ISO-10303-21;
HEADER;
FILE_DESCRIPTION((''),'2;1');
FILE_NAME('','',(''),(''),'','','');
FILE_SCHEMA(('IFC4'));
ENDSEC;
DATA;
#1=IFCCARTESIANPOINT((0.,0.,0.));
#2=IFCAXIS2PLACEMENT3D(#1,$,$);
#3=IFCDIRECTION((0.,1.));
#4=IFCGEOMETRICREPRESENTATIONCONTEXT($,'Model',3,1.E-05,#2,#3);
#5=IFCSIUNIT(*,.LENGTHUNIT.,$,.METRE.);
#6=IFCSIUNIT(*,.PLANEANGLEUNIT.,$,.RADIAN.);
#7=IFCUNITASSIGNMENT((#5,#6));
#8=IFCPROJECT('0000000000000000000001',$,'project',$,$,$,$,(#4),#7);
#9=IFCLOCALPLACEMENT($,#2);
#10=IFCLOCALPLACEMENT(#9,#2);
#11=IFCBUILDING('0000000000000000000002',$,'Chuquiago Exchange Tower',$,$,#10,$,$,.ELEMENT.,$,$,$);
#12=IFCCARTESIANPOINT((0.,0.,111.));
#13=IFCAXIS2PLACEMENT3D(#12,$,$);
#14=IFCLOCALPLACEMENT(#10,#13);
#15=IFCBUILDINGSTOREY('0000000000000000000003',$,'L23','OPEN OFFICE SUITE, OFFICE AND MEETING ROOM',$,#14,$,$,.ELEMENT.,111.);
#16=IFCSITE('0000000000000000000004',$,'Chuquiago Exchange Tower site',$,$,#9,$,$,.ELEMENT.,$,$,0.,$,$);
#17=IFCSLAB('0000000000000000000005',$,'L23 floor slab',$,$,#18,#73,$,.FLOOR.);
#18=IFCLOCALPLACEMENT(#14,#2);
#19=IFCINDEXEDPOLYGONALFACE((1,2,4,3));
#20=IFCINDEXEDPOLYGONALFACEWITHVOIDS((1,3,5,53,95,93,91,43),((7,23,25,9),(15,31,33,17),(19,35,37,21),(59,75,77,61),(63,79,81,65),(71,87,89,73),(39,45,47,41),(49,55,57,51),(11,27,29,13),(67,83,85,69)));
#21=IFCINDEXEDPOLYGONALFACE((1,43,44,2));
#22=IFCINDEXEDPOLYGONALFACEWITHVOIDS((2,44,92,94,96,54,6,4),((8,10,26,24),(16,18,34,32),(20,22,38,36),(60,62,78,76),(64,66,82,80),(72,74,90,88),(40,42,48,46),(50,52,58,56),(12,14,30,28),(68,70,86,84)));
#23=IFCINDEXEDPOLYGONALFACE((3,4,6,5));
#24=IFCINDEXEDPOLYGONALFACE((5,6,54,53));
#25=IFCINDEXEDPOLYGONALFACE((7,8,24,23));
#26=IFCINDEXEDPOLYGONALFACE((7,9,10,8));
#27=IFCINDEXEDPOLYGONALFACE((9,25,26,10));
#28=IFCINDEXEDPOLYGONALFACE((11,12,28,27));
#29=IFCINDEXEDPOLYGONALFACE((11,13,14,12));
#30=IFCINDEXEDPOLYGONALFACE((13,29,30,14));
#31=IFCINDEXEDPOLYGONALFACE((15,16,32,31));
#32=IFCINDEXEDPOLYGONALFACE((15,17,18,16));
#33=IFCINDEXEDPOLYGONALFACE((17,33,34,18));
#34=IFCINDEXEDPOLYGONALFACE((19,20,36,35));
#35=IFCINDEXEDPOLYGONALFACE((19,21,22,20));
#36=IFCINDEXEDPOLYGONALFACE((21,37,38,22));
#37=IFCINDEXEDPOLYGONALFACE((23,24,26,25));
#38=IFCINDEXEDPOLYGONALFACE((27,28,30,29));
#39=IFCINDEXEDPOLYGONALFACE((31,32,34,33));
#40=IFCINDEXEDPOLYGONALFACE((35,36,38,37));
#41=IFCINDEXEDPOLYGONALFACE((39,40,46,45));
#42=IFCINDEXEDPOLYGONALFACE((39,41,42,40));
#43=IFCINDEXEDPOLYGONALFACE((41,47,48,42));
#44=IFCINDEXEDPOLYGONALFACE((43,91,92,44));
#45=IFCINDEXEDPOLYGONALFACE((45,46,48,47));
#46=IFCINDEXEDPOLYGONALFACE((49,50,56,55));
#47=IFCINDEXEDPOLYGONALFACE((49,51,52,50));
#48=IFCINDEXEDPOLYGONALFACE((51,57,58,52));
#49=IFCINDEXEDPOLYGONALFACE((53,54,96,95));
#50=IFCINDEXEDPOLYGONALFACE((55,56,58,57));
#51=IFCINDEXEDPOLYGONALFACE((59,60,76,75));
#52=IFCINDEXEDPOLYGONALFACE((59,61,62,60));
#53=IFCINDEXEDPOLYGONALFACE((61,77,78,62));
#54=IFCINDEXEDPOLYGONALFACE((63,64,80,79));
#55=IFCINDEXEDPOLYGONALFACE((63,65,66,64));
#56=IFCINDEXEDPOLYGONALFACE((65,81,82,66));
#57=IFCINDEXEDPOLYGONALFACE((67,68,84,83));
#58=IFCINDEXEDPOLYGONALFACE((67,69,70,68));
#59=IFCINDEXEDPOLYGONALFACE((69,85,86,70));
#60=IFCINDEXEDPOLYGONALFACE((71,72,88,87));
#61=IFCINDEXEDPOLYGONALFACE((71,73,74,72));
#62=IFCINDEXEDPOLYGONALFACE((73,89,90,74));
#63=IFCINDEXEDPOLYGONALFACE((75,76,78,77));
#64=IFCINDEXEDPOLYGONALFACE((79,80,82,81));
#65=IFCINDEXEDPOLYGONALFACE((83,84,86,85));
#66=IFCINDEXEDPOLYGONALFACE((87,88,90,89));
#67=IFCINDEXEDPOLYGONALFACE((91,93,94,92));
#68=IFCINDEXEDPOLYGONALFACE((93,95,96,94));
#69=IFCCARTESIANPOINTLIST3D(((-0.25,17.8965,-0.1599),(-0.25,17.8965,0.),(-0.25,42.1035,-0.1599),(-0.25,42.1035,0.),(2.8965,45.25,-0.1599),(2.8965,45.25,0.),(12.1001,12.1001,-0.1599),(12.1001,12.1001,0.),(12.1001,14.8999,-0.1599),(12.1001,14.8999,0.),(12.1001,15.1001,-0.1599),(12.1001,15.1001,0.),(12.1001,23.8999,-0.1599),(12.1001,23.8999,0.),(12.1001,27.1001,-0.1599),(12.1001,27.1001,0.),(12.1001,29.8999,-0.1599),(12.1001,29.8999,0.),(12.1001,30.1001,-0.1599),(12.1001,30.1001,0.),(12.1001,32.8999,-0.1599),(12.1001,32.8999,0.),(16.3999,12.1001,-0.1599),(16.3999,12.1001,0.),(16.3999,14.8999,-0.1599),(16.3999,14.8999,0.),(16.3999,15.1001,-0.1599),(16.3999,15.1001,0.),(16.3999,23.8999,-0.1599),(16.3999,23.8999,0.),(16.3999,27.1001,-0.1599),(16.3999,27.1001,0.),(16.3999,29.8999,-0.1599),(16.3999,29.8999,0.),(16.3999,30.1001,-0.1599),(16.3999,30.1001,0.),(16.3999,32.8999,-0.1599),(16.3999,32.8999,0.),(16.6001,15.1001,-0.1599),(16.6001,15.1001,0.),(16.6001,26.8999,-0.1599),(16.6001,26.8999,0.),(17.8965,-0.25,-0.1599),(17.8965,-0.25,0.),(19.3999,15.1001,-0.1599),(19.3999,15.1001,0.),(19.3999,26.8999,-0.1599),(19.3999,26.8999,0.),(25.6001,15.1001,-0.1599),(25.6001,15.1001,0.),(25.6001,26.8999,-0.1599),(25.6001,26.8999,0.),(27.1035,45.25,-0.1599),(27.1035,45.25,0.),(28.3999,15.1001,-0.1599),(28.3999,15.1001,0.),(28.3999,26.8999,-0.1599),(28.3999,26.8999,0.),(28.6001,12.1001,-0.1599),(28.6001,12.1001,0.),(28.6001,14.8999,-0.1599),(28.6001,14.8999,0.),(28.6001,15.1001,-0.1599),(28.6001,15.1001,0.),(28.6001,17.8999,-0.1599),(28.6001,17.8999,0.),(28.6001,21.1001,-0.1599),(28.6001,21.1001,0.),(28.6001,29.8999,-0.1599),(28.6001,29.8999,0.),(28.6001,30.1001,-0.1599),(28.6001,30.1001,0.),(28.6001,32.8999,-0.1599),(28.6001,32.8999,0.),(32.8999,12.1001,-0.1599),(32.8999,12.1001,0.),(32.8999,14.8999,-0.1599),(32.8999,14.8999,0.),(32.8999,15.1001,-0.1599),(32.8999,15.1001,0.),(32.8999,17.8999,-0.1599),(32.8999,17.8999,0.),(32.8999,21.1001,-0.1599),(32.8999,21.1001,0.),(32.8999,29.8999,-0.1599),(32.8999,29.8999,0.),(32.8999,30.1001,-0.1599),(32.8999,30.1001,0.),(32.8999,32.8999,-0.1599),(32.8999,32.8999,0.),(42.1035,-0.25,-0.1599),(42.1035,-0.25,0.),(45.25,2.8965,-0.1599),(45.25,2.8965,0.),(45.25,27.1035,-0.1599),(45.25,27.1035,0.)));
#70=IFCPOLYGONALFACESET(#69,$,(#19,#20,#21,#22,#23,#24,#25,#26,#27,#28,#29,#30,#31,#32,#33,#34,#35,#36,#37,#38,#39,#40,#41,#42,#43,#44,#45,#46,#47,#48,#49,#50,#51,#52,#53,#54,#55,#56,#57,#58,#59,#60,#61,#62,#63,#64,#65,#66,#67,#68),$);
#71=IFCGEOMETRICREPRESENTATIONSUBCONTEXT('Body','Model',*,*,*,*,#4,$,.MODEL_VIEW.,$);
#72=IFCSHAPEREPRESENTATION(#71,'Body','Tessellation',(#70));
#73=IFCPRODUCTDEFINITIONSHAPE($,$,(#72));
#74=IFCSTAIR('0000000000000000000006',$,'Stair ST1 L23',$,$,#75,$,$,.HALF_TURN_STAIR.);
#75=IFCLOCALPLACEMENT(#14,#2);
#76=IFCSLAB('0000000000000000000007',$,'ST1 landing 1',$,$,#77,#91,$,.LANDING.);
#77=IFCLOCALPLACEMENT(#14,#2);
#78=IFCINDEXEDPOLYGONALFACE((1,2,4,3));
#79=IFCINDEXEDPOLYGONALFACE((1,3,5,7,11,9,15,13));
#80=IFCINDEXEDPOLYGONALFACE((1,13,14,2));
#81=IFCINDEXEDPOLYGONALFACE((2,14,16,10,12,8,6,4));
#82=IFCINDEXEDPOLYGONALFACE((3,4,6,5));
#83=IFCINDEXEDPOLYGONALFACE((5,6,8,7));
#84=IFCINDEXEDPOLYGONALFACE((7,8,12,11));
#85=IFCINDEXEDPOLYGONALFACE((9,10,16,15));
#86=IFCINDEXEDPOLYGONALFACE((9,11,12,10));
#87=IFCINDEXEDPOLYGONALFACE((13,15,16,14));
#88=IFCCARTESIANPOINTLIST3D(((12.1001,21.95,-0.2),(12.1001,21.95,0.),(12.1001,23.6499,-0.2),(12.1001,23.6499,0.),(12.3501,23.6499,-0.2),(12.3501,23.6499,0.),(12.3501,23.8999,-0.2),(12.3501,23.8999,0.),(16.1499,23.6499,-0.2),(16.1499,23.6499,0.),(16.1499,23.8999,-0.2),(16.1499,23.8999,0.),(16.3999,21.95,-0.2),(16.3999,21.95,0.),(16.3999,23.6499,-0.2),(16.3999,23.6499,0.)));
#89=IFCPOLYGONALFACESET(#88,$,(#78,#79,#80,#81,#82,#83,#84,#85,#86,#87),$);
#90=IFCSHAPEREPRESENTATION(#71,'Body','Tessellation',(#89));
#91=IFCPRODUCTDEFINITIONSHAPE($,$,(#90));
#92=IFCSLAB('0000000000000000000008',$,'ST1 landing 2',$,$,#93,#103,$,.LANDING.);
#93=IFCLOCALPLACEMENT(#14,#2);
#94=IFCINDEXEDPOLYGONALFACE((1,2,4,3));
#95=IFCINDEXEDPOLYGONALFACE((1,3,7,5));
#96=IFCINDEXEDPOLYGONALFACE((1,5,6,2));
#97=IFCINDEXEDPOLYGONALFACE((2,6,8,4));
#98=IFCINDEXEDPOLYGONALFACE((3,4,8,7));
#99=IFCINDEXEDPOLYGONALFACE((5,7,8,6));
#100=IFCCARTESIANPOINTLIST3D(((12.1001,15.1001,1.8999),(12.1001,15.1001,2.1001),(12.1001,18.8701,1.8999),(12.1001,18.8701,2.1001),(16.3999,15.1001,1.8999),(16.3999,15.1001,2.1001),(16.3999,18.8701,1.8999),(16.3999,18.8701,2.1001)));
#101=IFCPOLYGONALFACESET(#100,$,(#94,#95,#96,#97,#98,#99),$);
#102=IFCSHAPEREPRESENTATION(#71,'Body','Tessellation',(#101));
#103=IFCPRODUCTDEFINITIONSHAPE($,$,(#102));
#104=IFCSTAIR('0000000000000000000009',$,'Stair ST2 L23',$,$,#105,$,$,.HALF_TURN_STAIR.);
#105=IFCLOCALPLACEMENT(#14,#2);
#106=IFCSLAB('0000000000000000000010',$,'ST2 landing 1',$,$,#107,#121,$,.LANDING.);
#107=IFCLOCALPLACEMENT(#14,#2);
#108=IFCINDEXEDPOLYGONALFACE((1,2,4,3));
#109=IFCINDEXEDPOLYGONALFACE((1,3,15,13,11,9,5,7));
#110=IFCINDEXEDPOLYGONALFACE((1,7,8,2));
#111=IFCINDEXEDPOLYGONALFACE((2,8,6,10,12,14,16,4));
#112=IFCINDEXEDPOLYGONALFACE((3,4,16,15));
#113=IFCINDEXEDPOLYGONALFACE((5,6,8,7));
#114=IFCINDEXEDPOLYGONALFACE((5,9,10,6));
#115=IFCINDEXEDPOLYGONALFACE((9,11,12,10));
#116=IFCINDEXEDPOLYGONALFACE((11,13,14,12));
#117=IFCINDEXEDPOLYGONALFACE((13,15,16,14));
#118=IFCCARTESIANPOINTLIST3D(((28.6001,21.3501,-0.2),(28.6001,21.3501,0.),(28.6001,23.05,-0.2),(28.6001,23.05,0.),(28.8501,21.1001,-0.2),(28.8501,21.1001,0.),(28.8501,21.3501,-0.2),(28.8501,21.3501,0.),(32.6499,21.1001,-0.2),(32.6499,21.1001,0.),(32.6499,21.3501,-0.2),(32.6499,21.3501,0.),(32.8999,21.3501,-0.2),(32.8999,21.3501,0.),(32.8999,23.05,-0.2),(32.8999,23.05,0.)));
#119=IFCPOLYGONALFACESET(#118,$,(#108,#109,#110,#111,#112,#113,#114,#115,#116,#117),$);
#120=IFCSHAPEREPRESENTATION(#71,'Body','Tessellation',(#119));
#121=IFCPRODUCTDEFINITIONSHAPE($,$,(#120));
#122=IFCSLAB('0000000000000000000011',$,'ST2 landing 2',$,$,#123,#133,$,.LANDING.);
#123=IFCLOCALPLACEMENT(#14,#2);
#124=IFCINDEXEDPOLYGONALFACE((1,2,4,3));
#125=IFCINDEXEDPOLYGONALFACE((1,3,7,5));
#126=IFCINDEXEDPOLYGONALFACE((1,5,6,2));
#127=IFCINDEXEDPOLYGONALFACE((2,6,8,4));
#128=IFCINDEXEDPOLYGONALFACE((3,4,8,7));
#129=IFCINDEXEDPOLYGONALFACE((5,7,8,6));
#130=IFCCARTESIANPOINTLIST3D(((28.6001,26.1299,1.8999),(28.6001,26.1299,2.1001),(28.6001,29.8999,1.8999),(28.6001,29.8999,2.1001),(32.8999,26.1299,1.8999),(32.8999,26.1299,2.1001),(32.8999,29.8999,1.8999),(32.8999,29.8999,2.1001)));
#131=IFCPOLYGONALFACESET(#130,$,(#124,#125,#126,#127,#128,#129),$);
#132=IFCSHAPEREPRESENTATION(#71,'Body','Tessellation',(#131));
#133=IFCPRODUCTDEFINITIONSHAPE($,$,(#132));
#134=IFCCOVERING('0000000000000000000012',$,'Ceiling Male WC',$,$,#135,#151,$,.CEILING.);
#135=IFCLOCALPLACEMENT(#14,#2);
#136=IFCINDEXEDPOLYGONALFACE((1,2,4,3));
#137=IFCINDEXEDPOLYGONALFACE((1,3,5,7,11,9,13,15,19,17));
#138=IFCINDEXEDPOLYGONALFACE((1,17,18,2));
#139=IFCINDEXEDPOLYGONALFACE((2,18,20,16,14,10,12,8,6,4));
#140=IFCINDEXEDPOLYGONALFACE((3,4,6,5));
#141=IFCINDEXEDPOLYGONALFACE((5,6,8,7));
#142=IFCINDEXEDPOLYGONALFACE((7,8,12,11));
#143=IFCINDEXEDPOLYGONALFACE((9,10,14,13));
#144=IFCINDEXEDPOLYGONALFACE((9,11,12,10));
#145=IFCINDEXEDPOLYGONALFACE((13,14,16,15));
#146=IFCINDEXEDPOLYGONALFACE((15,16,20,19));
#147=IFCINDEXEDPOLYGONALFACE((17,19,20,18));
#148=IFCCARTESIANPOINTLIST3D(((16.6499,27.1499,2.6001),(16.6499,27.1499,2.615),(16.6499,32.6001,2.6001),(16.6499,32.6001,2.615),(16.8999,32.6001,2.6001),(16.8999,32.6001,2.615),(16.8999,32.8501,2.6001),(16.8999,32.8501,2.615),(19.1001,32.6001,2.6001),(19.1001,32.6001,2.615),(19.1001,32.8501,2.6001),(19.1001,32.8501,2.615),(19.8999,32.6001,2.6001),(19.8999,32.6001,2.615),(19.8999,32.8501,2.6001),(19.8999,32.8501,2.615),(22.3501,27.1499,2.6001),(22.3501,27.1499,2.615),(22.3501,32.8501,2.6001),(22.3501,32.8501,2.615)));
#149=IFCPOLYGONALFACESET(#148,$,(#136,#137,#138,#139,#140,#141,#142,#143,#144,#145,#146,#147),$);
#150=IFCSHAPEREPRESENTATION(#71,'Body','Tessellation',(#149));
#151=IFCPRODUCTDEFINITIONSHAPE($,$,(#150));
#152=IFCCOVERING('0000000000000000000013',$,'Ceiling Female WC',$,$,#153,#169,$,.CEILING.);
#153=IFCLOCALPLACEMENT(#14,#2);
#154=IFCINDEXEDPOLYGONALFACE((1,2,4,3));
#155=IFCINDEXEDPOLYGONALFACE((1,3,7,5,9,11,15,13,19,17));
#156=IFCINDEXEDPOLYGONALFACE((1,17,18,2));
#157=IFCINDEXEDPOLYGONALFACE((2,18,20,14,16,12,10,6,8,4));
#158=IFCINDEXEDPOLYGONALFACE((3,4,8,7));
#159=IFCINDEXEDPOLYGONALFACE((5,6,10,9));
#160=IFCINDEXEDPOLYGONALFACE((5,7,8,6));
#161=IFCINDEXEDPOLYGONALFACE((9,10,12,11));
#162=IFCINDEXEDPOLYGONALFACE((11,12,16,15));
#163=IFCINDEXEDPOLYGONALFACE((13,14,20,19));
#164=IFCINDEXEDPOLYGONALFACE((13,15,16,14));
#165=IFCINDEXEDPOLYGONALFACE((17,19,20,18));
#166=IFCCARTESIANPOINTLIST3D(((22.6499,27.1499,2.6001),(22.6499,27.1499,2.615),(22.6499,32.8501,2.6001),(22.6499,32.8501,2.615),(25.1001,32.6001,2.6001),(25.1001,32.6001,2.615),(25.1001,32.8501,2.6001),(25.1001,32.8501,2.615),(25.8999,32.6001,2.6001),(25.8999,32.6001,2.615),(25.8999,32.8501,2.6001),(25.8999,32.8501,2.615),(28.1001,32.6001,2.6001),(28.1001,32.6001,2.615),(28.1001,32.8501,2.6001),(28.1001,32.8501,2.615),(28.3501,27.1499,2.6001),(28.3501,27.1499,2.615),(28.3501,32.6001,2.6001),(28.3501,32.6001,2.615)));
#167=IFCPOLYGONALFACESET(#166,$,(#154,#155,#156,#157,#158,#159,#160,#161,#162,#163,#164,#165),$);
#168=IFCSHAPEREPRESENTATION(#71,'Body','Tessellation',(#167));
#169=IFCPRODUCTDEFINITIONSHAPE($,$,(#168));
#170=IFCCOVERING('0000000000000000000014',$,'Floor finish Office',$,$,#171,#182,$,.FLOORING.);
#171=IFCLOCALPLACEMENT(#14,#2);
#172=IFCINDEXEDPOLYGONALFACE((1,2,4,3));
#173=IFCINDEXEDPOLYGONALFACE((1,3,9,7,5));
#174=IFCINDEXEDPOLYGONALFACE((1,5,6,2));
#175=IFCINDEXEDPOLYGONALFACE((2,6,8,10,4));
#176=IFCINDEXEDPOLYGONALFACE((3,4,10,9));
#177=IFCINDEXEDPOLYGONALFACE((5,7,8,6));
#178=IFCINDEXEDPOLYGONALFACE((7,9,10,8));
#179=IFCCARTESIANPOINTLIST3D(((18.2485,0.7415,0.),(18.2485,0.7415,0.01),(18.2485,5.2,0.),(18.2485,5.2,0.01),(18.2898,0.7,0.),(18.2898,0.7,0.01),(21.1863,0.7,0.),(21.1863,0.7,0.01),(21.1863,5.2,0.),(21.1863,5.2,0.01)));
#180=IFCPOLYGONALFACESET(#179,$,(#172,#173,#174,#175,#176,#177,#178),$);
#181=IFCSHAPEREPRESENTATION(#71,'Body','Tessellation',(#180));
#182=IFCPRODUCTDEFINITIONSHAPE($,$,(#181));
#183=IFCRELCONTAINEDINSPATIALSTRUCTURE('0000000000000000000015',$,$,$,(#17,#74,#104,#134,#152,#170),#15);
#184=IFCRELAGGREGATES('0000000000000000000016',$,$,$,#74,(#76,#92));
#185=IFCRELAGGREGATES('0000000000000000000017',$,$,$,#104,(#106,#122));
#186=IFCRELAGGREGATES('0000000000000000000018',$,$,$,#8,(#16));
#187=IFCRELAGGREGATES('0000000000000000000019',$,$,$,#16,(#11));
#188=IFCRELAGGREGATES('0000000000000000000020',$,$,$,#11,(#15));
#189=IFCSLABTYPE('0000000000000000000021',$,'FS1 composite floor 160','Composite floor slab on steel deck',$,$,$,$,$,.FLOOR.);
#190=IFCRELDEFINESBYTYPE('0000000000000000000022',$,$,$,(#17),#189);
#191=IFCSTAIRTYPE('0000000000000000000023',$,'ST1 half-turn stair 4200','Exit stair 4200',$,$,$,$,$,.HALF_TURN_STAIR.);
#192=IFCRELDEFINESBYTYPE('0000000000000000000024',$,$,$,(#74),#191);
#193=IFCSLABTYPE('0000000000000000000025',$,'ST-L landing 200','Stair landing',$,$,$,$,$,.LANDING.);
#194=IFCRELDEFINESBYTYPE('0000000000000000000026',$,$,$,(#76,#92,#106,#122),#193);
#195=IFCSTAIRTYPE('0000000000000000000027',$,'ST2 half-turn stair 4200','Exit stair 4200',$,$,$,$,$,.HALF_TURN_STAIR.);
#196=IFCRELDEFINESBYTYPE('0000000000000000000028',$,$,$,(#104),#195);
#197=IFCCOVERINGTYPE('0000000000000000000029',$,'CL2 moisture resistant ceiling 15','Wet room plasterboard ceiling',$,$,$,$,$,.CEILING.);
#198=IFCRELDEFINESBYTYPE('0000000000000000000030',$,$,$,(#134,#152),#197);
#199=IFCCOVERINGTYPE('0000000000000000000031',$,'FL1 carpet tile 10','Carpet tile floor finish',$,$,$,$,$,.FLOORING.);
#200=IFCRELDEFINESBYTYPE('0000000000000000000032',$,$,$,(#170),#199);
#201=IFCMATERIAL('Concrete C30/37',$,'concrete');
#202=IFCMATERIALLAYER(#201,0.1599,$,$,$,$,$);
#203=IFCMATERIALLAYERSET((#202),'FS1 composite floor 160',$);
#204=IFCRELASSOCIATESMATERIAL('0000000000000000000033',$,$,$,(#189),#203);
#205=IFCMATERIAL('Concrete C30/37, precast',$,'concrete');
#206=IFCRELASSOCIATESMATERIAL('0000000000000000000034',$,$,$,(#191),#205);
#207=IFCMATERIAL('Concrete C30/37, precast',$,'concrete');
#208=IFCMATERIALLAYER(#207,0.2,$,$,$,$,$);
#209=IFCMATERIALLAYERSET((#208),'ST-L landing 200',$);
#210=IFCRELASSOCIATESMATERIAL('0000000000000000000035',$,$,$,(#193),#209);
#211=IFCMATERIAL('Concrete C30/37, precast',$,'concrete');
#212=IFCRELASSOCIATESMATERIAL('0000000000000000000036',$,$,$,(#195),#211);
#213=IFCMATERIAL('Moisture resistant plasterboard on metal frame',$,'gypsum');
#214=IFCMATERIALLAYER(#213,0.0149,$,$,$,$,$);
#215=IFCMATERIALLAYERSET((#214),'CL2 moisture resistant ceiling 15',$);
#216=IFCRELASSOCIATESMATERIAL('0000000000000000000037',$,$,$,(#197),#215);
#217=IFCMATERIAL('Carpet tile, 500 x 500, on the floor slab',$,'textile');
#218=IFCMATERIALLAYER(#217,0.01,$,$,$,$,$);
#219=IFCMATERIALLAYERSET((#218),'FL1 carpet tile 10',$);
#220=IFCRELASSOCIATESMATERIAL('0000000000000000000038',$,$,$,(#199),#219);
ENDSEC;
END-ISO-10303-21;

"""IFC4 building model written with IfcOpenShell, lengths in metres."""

from ifc_helpers import new_model, si_unit, direction, frame, origin, place, context, subcontext, project, spatial, polyline, outline, extrude, material, layer, layer_set, type_object, element, aggregate, save


model = new_model("IFC4")

# Units and contexts
model_context = context("Model", 3, precision=1e-05, world=origin(), true_north=direction((0.0, 1.0)))
body_context = subcontext(model_context, "Body", "Model", "MODEL_VIEW")
ifc_project = project(units=[si_unit("LENGTHUNIT", "METRE"), si_unit("PLANEANGLEUNIT", "RADIAN")], contexts=[model_context])

# Site, building, storey
site_placement = place(None, origin())
site = spatial("IfcSite", under=ifc_project, at=site_placement, Name="Chuquiago Exchange Tower site", CompositionType="ELEMENT", RefElevation=0.0)
building_placement = place(site_placement, origin())
building = spatial("IfcBuilding", under=site, at=building_placement, Name="Chuquiago Exchange Tower", CompositionType="ELEMENT")
storey_placement = place(building_placement, frame((0.0, 0.0, 111.0)))
storey = spatial("IfcBuildingStorey", under=building, at=storey_placement, Name="L23", Description="OPEN OFFICE SUITE, OFFICE AND MEETING ROOM", CompositionType="ELEMENT", Elevation=111.0)

# Slab
ifc_material_1 = material(Name="Concrete C30/37", Category="concrete")
ifc_layer_1 = layer(ifc_material_1, 0.1599)
ifc_layer_set_1 = layer_set([ifc_layer_1], Name="FS1 composite floor 160")
slab_type_1 = type_object("IfcSlabType", Name="FS1 composite floor 160", Description="Composite floor slab on steel deck", PredefinedType="FLOOR", material=ifc_layer_set_1)
slab_1_placement = place(storey_placement, frame((0.0, 0.0, -0.1599)))
element("IfcSlab", 1, at=slab_1_placement, inside=storey, type_object=slab_type_1, Name="L23 floor slab", PredefinedType="FLOOR", context=body_context, shape_type="SweptSolid", body=[
    extrude(outline(polyline([(17.8965, -0.25), (-0.25, 17.8965), (-0.25, 42.1035), (2.8965, 45.25), (27.1035, 45.25), (45.25, 27.1035), (45.25, 2.8965), (42.1035, -0.25), (17.8965, -0.25)]), holes=[polyline([(16.3999, 15.1001), (12.1001, 15.1001), (12.1001, 23.8999), (16.3999, 23.8999), (16.3999, 15.1001)]), polyline([(32.8999, 21.1001), (28.6001, 21.1001), (28.6001, 29.8999), (32.8999, 29.8999), (32.8999, 21.1001)]), polyline([(16.3999, 12.1001), (12.1001, 12.1001), (12.1001, 14.8999), (16.3999, 14.8999), (16.3999, 12.1001)]), polyline([(16.3999, 30.1001), (12.1001, 30.1001), (12.1001, 32.8999), (16.3999, 32.8999), (16.3999, 30.1001)]), polyline([(32.8999, 12.1001), (28.6001, 12.1001), (28.6001, 14.8999), (32.8999, 14.8999), (32.8999, 12.1001)]), polyline([(32.8999, 30.1001), (28.6001, 30.1001), (28.6001, 32.8999), (32.8999, 32.8999), (32.8999, 30.1001)]), polyline([(16.3999, 27.1001), (12.1001, 27.1001), (12.1001, 29.8999), (16.3999, 29.8999), (16.3999, 27.1001)]), polyline([(32.8999, 15.1001), (28.6001, 15.1001), (28.6001, 17.8999), (32.8999, 17.8999), (32.8999, 15.1001)]), polyline([(19.3999, 15.1001), (16.6001, 15.1001), (16.6001, 26.8999), (19.3999, 26.8999), (19.3999, 15.1001)]), polyline([(28.3999, 15.1001), (25.6001, 15.1001), (25.6001, 26.8999), (28.3999, 26.8999), (28.3999, 15.1001)])]), origin(), (0.0, 0.0, 1.0), 0.1599),
])

# Stairs, slabs
ifc_material_2 = material(Name="Concrete C30/37, precast", Category="concrete")
stair_type_1 = type_object("IfcStairType", Name="ST1 half-turn stair 4200", Description="Exit stair 4200", PredefinedType="HALF_TURN_STAIR", material=ifc_material_2)
stair_1_placement = place(storey_placement, origin())
stair_1 = element("IfcStair", 2, at=stair_1_placement, inside=storey, type_object=stair_type_1, Name="Stair ST1 L23", PredefinedType="HALF_TURN_STAIR")
ifc_material_3 = material(Name="Concrete C30/37, precast", Category="concrete")
ifc_layer_2 = layer(ifc_material_3, 0.2)
ifc_layer_set_2 = layer_set([ifc_layer_2], Name="ST-L landing 200")
slab_type_2 = type_object("IfcSlabType", Name="ST-L landing 200", Description="Stair landing", PredefinedType="LANDING", material=ifc_layer_set_2)
slab_2_placement = place(storey_placement, frame((0.0, 0.0, -0.2)))
slab_2 = element("IfcSlab", 3, at=slab_2_placement, type_object=slab_type_2, Name="ST1 landing 1", PredefinedType="LANDING", context=body_context, shape_type="SweptSolid", body=[
    extrude(outline(polyline([(12.3501, 23.8999), (16.1499, 23.8999), (16.1499, 23.6499), (16.3999, 23.6499), (16.3999, 21.95), (12.1001, 21.95), (12.1001, 23.6499), (12.3501, 23.6499), (12.3501, 23.8999)])), origin(), (0.0, 0.0, 1.0), 0.2),
])
slab_3_placement = place(storey_placement, frame((0.0, 0.0, 1.8999)))
slab_3 = element("IfcSlab", 4, at=slab_3_placement, type_object=slab_type_2, Name="ST1 landing 2", PredefinedType="LANDING", context=body_context, shape_type="SweptSolid", body=[
    extrude(outline(polyline([(12.1001, 18.8701), (16.3999, 18.8701), (16.3999, 15.1001), (12.1001, 15.1001), (12.1001, 18.8701)])), origin(), (0.0, 0.0, 1.0), 0.2002),
])
aggregate(stair_1, [slab_2, slab_3])
ifc_material_4 = material(Name="Concrete C30/37, precast", Category="concrete")
stair_type_2 = type_object("IfcStairType", Name="ST2 half-turn stair 4200", Description="Exit stair 4200", PredefinedType="HALF_TURN_STAIR", material=ifc_material_4)
stair_2_placement = place(storey_placement, origin())
stair_2 = element("IfcStair", 5, at=stair_2_placement, inside=storey, type_object=stair_type_2, Name="Stair ST2 L23", PredefinedType="HALF_TURN_STAIR")
slab_4_placement = place(storey_placement, frame((0.0, 0.0, -0.2)))
slab_4 = element("IfcSlab", 6, at=slab_4_placement, type_object=slab_type_2, Name="ST2 landing 1", PredefinedType="LANDING", context=body_context, shape_type="SweptSolid", body=[
    extrude(outline(polyline([(32.6499, 21.3501), (32.6499, 21.1001), (28.8501, 21.1001), (28.8501, 21.3501), (28.6001, 21.3501), (28.6001, 23.05), (32.8999, 23.05), (32.8999, 21.3501), (32.6499, 21.3501)])), origin(), (0.0, 0.0, 1.0), 0.2),
])
slab_5_placement = place(storey_placement, frame((0.0, 0.0, 1.8999)))
slab_5 = element("IfcSlab", 7, at=slab_5_placement, type_object=slab_type_2, Name="ST2 landing 2", PredefinedType="LANDING", context=body_context, shape_type="SweptSolid", body=[
    extrude(outline(polyline([(28.6001, 29.8999), (32.8999, 29.8999), (32.8999, 26.1299), (28.6001, 26.1299), (28.6001, 29.8999)])), origin(), (0.0, 0.0, 1.0), 0.2002),
])
aggregate(stair_2, [slab_4, slab_5])

# Coverings
ifc_material_5 = material(Name="Moisture resistant plasterboard on metal frame", Category="gypsum")
ifc_layer_3 = layer(ifc_material_5, 0.0149)
ifc_layer_set_3 = layer_set([ifc_layer_3], Name="CL2 moisture resistant ceiling 15")
covering_type_1 = type_object("IfcCoveringType", Name="CL2 moisture resistant ceiling 15", Description="Wet room plasterboard ceiling", PredefinedType="CEILING", material=ifc_layer_set_3)
covering_1_placement = place(storey_placement, frame((0.0, 0.0, 2.6001)))
element("IfcCovering", 8, at=covering_1_placement, inside=storey, type_object=covering_type_1, Name="Ceiling Male WC", PredefinedType="CEILING", context=body_context, shape_type="SweptSolid", body=[
    extrude(outline(polyline([(16.6499, 27.1499), (16.6499, 32.6001), (16.8999, 32.6001), (16.8999, 32.8501), (19.1001, 32.8501), (19.1001, 32.6001), (19.8999, 32.6001), (19.8999, 32.8501), (22.3501, 32.8501), (22.3501, 27.1499), (16.6499, 27.1499)])), origin(), (0.0, 0.0, 1.0), 0.0149),
])
covering_2_placement = place(storey_placement, frame((0.0, 0.0, 2.6001)))
element("IfcCovering", 9, at=covering_2_placement, inside=storey, type_object=covering_type_1, Name="Ceiling Female WC", PredefinedType="CEILING", context=body_context, shape_type="SweptSolid", body=[
    extrude(outline(polyline([(22.6499, 27.1499), (22.6499, 32.8501), (25.1001, 32.8501), (25.1001, 32.6001), (25.8999, 32.6001), (25.8999, 32.8501), (28.1001, 32.8501), (28.1001, 32.6001), (28.3501, 32.6001), (28.3501, 27.1499), (22.6499, 27.1499)])), origin(), (0.0, 0.0, 1.0), 0.0149),
])
ifc_material_6 = material(Name="Carpet tile, 500 x 500, on the floor slab", Category="textile")
ifc_layer_4 = layer(ifc_material_6, 0.01)
ifc_layer_set_4 = layer_set([ifc_layer_4], Name="FL1 carpet tile 10")
covering_type_2 = type_object("IfcCoveringType", Name="FL1 carpet tile 10", Description="Carpet tile floor finish", PredefinedType="FLOORING", material=ifc_layer_set_4)
covering_3_placement = place(storey_placement, origin())
element("IfcCovering", 10, at=covering_3_placement, inside=storey, type_object=covering_type_2, Name="Floor finish Office", PredefinedType="FLOORING", context=body_context, shape_type="SweptSolid", body=[
    extrude(outline(polyline([(18.2898, 0.7), (18.2485, 0.7415), (18.2485, 5.2), (21.1863, 5.2), (21.1863, 0.7), (18.2898, 0.7)])), origin(), (0.0, 0.0, 1.0), 0.01),
])

save(model, "model.ifc")
